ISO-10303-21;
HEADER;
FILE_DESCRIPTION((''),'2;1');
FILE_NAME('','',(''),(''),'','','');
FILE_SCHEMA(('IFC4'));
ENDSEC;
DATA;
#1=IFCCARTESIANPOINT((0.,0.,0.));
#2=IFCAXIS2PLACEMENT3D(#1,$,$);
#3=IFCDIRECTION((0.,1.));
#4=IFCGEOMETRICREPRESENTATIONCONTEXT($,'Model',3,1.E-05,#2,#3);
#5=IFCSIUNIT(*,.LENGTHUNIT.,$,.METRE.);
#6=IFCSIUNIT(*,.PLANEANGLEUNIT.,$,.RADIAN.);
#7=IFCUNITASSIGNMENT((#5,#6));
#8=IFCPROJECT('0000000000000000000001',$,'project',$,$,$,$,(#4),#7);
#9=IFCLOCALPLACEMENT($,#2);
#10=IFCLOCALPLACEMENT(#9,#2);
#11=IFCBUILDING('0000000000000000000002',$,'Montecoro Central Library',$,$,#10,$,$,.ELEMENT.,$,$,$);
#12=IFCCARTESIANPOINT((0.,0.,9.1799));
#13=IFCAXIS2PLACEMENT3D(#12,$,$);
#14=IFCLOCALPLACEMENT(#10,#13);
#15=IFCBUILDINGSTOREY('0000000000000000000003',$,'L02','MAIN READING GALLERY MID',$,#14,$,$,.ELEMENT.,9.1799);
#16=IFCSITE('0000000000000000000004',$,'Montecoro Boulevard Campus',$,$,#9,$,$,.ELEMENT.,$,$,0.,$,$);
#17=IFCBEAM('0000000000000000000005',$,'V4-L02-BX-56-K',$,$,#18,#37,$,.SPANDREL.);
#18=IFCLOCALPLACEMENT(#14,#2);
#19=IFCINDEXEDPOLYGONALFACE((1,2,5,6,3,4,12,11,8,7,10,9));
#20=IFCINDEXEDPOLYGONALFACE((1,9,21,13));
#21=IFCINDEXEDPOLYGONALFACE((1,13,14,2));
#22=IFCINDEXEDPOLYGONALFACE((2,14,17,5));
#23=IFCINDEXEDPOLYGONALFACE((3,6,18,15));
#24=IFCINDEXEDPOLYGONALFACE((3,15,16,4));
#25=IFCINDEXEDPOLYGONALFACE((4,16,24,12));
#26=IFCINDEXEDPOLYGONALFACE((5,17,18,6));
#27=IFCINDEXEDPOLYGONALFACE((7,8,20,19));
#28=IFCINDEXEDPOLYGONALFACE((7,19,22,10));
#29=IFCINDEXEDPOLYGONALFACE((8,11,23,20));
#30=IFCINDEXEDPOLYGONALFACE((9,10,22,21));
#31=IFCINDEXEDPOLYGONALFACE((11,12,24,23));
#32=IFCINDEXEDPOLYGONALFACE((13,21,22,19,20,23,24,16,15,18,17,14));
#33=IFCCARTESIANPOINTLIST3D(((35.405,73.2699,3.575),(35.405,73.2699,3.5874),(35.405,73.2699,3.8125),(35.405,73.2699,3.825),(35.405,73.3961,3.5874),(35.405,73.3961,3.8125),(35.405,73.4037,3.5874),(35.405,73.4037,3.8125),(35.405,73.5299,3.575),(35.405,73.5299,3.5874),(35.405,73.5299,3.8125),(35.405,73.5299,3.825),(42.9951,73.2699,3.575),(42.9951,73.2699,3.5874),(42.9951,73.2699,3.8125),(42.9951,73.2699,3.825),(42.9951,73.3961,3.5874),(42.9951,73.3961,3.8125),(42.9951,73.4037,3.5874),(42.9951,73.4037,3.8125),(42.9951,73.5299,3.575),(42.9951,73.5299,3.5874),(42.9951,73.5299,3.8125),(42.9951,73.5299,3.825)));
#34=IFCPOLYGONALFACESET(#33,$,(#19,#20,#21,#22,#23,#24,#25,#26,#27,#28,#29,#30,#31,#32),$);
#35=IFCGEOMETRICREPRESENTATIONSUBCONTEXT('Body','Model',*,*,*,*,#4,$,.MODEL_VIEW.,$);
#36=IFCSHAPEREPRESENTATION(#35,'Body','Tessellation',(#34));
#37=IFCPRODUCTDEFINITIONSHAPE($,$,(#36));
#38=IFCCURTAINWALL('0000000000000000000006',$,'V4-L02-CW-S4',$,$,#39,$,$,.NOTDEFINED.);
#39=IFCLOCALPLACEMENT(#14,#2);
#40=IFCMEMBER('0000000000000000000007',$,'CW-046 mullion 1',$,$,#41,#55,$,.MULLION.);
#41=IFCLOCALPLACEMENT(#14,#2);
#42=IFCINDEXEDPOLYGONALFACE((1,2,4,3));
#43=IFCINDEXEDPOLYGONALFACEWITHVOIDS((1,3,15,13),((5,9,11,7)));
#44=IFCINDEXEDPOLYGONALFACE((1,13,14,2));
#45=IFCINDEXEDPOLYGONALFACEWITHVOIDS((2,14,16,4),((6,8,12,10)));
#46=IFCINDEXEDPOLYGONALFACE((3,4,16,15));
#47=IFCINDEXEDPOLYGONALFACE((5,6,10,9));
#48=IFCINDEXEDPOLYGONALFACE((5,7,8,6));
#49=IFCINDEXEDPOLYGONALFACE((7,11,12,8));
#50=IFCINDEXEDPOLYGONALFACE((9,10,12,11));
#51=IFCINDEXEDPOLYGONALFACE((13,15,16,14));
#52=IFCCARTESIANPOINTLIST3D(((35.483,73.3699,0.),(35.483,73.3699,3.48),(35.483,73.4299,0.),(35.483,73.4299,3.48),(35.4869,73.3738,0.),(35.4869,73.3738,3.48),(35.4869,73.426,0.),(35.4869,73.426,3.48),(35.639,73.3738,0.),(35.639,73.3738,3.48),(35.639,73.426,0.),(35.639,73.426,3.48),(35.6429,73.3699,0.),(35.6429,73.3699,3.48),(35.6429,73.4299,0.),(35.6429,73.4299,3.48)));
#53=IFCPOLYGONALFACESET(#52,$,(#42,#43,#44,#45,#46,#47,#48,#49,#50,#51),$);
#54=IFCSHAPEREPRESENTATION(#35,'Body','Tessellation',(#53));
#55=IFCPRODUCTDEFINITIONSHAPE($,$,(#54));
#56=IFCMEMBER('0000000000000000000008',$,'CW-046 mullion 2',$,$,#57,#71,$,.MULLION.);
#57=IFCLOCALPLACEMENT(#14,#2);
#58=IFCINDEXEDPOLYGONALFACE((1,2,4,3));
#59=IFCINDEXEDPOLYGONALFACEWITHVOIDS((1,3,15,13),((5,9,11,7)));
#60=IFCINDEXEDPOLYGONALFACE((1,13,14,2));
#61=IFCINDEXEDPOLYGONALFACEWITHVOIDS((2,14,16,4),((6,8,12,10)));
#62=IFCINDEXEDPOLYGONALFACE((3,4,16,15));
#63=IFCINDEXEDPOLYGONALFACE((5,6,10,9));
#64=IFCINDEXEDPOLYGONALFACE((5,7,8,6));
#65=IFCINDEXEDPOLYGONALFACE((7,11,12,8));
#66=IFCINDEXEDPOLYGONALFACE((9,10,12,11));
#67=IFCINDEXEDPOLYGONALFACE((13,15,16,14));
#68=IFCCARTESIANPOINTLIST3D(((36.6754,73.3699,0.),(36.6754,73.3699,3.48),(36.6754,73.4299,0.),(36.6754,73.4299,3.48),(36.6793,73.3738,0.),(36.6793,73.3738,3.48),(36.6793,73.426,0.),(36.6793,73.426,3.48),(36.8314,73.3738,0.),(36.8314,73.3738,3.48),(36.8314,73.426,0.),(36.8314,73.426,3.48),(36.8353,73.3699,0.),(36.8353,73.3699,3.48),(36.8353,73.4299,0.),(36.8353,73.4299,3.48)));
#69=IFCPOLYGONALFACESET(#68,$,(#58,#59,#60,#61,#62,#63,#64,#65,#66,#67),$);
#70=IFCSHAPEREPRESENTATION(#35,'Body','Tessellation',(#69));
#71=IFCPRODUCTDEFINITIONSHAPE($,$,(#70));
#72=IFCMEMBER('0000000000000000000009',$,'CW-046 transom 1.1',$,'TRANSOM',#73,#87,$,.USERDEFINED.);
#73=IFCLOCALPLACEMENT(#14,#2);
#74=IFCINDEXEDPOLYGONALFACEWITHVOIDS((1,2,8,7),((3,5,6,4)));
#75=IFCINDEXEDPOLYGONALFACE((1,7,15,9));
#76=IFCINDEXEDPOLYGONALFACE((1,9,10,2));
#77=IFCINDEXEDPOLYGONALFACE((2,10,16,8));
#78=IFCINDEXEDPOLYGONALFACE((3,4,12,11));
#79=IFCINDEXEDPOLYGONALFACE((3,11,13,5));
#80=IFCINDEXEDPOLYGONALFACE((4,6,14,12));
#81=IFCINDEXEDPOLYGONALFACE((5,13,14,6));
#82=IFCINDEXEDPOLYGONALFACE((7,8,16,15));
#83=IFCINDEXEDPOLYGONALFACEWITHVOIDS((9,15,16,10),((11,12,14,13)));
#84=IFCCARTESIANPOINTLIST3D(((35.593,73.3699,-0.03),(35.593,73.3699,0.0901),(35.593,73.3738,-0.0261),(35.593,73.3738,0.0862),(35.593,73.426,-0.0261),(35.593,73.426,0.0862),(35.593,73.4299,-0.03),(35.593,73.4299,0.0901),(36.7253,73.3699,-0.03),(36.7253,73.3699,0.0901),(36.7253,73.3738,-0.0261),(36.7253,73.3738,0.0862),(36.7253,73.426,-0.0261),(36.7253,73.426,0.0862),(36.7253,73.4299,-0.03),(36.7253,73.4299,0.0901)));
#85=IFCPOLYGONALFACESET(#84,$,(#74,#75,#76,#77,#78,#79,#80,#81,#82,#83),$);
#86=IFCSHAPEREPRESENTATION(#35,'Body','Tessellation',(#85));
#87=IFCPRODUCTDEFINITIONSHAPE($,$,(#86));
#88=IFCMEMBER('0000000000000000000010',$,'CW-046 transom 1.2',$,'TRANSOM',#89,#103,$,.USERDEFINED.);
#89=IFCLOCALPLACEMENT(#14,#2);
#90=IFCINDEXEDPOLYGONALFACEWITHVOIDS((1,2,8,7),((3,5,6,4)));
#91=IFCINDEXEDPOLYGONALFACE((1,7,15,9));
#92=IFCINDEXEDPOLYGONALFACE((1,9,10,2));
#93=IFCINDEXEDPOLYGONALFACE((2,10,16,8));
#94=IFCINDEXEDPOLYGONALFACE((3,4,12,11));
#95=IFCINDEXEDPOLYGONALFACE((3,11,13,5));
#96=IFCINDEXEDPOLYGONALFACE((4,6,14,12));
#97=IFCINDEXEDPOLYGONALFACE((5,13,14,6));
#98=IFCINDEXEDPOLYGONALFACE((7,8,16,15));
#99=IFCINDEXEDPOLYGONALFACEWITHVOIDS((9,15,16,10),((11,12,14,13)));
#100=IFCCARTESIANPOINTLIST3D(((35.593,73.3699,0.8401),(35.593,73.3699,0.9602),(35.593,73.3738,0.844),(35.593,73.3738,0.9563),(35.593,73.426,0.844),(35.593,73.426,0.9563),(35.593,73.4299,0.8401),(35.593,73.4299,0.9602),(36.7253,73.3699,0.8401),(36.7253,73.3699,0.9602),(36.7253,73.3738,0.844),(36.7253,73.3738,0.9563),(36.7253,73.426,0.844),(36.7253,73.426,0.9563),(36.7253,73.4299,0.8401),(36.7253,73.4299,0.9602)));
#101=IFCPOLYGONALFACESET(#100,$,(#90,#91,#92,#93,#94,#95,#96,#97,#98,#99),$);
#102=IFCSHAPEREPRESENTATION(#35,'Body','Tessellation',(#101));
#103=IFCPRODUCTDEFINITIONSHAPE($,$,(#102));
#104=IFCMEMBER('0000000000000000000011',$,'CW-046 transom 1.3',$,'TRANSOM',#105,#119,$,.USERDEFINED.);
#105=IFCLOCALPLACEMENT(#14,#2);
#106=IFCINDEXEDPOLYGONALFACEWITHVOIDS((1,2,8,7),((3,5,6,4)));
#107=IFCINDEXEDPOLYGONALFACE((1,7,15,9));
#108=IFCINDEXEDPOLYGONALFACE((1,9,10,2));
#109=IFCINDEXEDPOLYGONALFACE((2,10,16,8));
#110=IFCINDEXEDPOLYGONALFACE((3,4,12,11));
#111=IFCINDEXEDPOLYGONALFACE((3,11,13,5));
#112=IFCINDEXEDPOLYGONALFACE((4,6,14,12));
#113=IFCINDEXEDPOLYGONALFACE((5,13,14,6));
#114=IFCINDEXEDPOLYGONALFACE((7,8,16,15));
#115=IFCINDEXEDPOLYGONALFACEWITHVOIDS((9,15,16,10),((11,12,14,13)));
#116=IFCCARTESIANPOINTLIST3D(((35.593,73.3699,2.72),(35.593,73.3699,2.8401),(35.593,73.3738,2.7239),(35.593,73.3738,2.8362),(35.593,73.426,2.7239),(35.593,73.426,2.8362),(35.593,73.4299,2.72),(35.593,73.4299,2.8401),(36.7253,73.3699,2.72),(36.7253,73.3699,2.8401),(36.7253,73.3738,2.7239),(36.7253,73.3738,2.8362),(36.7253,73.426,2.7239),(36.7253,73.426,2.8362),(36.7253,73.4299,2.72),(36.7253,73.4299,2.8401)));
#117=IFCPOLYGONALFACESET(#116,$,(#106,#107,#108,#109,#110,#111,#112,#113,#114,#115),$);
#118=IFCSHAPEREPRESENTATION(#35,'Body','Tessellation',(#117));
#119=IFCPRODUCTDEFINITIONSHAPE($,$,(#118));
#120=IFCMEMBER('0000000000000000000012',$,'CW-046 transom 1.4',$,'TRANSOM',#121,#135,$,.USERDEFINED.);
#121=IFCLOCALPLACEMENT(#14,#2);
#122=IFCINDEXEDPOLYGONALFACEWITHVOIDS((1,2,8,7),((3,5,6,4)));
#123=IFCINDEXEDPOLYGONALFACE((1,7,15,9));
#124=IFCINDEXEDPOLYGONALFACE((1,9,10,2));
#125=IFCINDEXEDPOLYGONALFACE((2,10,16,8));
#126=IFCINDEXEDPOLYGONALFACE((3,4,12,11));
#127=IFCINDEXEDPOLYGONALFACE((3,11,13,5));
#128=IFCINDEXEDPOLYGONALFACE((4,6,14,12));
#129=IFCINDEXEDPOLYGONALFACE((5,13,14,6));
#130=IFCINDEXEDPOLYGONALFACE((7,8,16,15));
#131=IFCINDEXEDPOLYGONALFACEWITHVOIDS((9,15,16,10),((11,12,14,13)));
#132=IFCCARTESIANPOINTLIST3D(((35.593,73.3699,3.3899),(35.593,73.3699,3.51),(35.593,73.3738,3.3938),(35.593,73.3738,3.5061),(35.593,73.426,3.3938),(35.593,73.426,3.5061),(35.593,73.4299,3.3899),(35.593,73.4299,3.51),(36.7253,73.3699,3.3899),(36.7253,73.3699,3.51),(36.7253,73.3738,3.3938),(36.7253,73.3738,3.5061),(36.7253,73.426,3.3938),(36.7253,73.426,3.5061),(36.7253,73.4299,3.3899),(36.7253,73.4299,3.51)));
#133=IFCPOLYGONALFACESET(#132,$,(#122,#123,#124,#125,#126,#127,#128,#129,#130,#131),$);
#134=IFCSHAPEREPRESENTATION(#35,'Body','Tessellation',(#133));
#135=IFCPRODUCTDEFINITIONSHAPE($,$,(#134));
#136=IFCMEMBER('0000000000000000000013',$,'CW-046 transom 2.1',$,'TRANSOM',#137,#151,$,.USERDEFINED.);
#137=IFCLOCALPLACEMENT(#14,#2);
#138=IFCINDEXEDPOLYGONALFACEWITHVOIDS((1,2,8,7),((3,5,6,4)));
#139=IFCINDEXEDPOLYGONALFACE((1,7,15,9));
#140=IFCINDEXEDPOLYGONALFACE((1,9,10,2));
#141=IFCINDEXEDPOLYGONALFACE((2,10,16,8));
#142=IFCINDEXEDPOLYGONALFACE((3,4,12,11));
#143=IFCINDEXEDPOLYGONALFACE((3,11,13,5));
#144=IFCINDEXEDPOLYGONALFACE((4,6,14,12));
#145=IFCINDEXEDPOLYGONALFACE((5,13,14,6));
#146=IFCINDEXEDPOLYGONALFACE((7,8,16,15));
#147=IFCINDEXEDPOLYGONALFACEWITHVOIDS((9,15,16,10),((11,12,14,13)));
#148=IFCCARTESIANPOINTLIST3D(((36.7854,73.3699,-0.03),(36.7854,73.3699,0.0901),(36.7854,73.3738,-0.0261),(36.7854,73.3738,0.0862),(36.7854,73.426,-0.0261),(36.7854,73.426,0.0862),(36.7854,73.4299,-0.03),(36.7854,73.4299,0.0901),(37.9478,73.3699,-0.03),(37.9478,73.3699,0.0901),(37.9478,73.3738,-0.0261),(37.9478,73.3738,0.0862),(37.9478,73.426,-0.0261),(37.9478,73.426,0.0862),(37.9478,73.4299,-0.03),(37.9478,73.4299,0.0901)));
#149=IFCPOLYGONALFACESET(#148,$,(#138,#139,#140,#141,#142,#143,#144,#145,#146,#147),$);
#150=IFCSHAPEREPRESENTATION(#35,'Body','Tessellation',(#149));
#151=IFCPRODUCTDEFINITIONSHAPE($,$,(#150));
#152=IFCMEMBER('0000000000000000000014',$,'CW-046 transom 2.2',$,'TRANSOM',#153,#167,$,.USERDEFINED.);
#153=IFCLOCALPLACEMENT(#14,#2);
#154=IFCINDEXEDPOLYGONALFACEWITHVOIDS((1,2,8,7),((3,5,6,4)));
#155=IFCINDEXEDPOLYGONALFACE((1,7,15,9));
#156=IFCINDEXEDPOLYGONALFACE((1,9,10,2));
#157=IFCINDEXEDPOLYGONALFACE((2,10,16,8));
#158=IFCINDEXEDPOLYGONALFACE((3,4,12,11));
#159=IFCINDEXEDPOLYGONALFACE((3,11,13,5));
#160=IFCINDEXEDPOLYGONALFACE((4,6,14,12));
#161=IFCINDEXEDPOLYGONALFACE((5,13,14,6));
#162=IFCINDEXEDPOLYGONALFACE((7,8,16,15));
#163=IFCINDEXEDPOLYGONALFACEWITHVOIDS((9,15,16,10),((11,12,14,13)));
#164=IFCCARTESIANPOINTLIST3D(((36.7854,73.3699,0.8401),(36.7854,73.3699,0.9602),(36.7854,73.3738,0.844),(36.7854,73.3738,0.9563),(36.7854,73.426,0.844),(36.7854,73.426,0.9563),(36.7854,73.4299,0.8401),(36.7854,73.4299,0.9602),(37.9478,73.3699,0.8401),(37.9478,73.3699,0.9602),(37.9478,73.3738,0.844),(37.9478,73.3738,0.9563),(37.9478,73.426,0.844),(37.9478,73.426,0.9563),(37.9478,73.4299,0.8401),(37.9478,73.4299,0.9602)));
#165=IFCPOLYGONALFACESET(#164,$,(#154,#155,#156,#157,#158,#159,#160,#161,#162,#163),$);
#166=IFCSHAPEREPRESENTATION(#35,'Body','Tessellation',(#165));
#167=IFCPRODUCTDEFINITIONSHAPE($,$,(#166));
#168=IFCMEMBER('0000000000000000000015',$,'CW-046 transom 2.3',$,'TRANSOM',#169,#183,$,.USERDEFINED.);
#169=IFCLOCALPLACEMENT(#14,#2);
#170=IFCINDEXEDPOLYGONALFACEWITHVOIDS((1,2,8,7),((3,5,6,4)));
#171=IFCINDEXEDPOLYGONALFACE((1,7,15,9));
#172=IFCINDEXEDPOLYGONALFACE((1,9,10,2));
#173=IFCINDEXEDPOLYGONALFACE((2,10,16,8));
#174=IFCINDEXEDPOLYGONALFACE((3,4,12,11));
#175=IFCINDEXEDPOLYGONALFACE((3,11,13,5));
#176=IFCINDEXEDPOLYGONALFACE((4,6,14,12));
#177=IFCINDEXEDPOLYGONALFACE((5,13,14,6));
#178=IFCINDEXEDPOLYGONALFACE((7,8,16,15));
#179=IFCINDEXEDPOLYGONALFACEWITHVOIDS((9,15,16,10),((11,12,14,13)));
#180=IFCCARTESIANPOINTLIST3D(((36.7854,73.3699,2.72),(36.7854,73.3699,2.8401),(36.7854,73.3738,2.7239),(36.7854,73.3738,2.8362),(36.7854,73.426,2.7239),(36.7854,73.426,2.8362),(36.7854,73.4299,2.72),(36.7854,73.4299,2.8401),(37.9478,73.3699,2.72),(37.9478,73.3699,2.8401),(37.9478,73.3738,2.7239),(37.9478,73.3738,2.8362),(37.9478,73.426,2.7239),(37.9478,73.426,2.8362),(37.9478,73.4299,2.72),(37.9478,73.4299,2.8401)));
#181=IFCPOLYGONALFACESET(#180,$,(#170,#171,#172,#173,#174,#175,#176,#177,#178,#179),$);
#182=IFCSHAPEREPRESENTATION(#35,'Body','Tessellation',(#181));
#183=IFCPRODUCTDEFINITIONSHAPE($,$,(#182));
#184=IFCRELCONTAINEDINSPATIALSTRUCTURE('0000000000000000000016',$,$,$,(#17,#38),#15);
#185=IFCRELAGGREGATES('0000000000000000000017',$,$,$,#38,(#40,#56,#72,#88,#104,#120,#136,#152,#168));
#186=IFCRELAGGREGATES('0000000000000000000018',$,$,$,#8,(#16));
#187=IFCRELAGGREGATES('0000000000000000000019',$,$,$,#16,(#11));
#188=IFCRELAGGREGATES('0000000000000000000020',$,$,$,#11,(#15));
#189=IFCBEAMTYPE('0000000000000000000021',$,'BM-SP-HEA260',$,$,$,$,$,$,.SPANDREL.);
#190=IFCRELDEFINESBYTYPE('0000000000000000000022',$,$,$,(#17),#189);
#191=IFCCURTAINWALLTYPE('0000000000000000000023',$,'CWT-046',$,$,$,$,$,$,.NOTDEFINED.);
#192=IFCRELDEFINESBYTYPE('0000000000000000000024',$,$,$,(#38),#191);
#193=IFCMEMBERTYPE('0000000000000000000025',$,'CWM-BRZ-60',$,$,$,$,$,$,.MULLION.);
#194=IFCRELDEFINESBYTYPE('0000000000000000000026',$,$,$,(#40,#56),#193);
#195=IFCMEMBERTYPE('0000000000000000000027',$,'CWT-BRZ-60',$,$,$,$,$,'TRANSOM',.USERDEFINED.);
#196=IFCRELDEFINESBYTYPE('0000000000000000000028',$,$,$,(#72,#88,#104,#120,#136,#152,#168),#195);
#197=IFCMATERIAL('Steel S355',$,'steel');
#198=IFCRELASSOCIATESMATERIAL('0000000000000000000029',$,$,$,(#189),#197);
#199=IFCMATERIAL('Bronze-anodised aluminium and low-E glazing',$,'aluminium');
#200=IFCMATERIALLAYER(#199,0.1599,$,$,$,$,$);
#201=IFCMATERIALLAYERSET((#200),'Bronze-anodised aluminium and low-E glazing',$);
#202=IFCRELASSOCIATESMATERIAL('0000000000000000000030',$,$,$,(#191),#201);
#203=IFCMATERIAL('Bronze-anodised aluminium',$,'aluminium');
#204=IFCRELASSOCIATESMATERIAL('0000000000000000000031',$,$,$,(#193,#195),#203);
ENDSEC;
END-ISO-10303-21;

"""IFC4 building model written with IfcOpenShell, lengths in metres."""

from ifc_helpers import new_model, si_unit, direction, frame, origin, origin_2d, place, context, subcontext, project, spatial, hollow_rectangle, i_section, extrude, material, layer, layer_set, material_profile, profile_set, type_object, element, aggregate, save


model = new_model("IFC4")

# Units and contexts
model_context = context("Model", 3, precision=1e-05, world=origin(), true_north=direction((0.0, 1.0)))
body_context = subcontext(model_context, "Body", "Model", "MODEL_VIEW")
ifc_project = project(units=[si_unit("LENGTHUNIT", "METRE"), si_unit("PLANEANGLEUNIT", "RADIAN")], contexts=[model_context])

# Site, building, storey
site_placement = place(None, origin())
site = spatial("IfcSite", under=ifc_project, at=site_placement, Name="Montecoro Boulevard Campus", CompositionType="ELEMENT", RefElevation=0.0)
building_placement = place(site_placement, origin())
building = spatial("IfcBuilding", under=site, at=building_placement, Name="Montecoro Central Library", CompositionType="ELEMENT")
storey_placement = place(building_placement, frame((0.0, 0.0, 9.1799)))
storey = spatial("IfcBuildingStorey", under=building, at=storey_placement, Name="L02", Description="MAIN READING GALLERY MID", CompositionType="ELEMENT", Elevation=9.1799)

# Shared definitions
ifc_material_1 = material(Name="Steel S355", Category="steel")

# Beam
ifc_material_profile_1 = material_profile(ifc_material_1, i_section(OverallWidth=0.26, OverallDepth=0.25, WebThickness=0.0076, FlangeThickness=0.0125, at=origin_2d()), Name="HEA 260")
ifc_profile_set_1 = profile_set([ifc_material_profile_1], Name="Steel S355")
beam_type_1 = type_object("IfcBeamType", Name="BM-SP-HEA260", PredefinedType="SPANDREL", material=ifc_profile_set_1)
for number, where, z_axis, x_axis, name in (
    (1, (35.405, 73.3999, 3.7), (1.0, 0.0, 0.0), (0.0, 1.0, 0.0), "V4-L02-BX-56-K"),
):
    element("IfcBeam", number, at=place(storey_placement, frame(where, z_axis=z_axis, x_axis=x_axis)), inside=storey, type_object=beam_type_1, Name=name, PredefinedType="SPANDREL", context=body_context, shape_type="SweptSolid", body=[
        extrude(i_section(OverallWidth=0.26, OverallDepth=0.25, WebThickness=0.0076, FlangeThickness=0.0125, at=origin_2d()), origin(), (0.0, 0.0, 1.0), 7.5901),
    ])

# Curtain wall, members
ifc_material_2 = material(Name="Bronze-anodised aluminium and low-E glazing", Category="aluminium")
ifc_layer_1 = layer(ifc_material_2, 0.1599)
ifc_layer_set_1 = layer_set([ifc_layer_1], Name="Bronze-anodised aluminium and low-E glazing")
curtain_wall_type = type_object("IfcCurtainWallType", Name="CWT-046", PredefinedType="NOTDEFINED", material=ifc_layer_set_1)
curtain_wall_placement = place(storey_placement, origin())
curtain_wall = element("IfcCurtainWall", 2, at=curtain_wall_placement, inside=storey, type_object=curtain_wall_type, Name="V4-L02-CW-S4", PredefinedType="NOTDEFINED")
ifc_material_3 = material(Name="Bronze-anodised aluminium", Category="aluminium")
ifc_material_profile_2 = material_profile(ifc_material_3, hollow_rectangle(XDim=0.0601, YDim=0.1599, WallThickness=0.0039, at=origin_2d()), Name="CWM 160x60x4.0")
ifc_profile_set_2 = profile_set([ifc_material_profile_2], Name="Bronze-anodised aluminium")
member_type_1 = type_object("IfcMemberType", Name="CWM-BRZ-60", PredefinedType="MULLION", material=ifc_profile_set_2)
member_1_placement = place(storey_placement, frame((35.563, 73.3999, 0.0), z_axis=(0.0, 0.0, 1.0), x_axis=(0.0, 1.0, 0.0)))
member_1 = element("IfcMember", 3, at=member_1_placement, type_object=member_type_1, Name="CW-046 mullion 1", PredefinedType="MULLION", context=body_context, shape_type="SweptSolid", body=[
    extrude(hollow_rectangle(XDim=0.0601, YDim=0.1599, WallThickness=0.0039, at=origin_2d()), origin(), (0.0, 0.0, 1.0), 3.48),
])
member_2_placement = place(storey_placement, frame((36.7554, 73.3999, 0.0), z_axis=(0.0, 0.0, 1.0), x_axis=(0.0, 1.0, 0.0)))
member_2 = element("IfcMember", 4, at=member_2_placement, type_object=member_type_1, Name="CW-046 mullion 2", PredefinedType="MULLION", context=body_context, shape_type="SweptSolid", body=[
    extrude(hollow_rectangle(XDim=0.0601, YDim=0.1599, WallThickness=0.0039, at=origin_2d()), origin(), (0.0, 0.0, 1.0), 3.48),
])
ifc_material_profile_3 = material_profile(ifc_material_3, hollow_rectangle(XDim=0.0601, YDim=0.1201, WallThickness=0.0039, at=origin_2d()), Name="CWT 120x60x4.0")
ifc_profile_set_3 = profile_set([ifc_material_profile_3], Name="Bronze-anodised aluminium")
member_type_2 = type_object("IfcMemberType", Name="CWT-BRZ-60", ElementType="TRANSOM", PredefinedType="USERDEFINED", material=ifc_profile_set_3)
member_3_placement = place(storey_placement, frame((35.593, 73.3999, 0.03), z_axis=(1.0, 0.0, 0.0), x_axis=(0.0, 1.0, 0.0)))
member_3 = element("IfcMember", 5, at=member_3_placement, type_object=member_type_2, Name="CW-046 transom 1.1", ObjectType="TRANSOM", PredefinedType="USERDEFINED", context=body_context, shape_type="SweptSolid", body=[
    extrude(hollow_rectangle(XDim=0.0601, YDim=0.1201, WallThickness=0.0039, at=origin_2d()), origin(), (0.0, 0.0, 1.0), 1.1323),
])
member_4_placement = place(storey_placement, frame((35.593, 73.3999, 0.9001), z_axis=(1.0, 0.0, 0.0), x_axis=(0.0, 1.0, 0.0)))
member_4 = element("IfcMember", 6, at=member_4_placement, type_object=member_type_2, Name="CW-046 transom 1.2", ObjectType="TRANSOM", PredefinedType="USERDEFINED", context=body_context, shape_type="SweptSolid", body=[
    extrude(hollow_rectangle(XDim=0.0601, YDim=0.1201, WallThickness=0.0039, at=origin_2d()), origin(), (0.0, 0.0, 1.0), 1.1323),
])
member_5_placement = place(storey_placement, frame((35.593, 73.3999, 2.78), z_axis=(1.0, 0.0, 0.0), x_axis=(0.0, 1.0, 0.0)))
member_5 = element("IfcMember", 7, at=member_5_placement, type_object=member_type_2, Name="CW-046 transom 1.3", ObjectType="TRANSOM", PredefinedType="USERDEFINED", context=body_context, shape_type="SweptSolid", body=[
    extrude(hollow_rectangle(XDim=0.0601, YDim=0.1201, WallThickness=0.0039, at=origin_2d()), origin(), (0.0, 0.0, 1.0), 1.1323),
])
member_6_placement = place(storey_placement, frame((35.593, 73.3999, 3.45), z_axis=(1.0, 0.0, 0.0), x_axis=(0.0, 1.0, 0.0)))
member_6 = element("IfcMember", 8, at=member_6_placement, type_object=member_type_2, Name="CW-046 transom 1.4", ObjectType="TRANSOM", PredefinedType="USERDEFINED", context=body_context, shape_type="SweptSolid", body=[
    extrude(hollow_rectangle(XDim=0.0601, YDim=0.1201, WallThickness=0.0039, at=origin_2d()), origin(), (0.0, 0.0, 1.0), 1.1323),
])
member_7_placement = place(storey_placement, frame((36.7854, 73.3999, 0.03), z_axis=(1.0, 0.0, 0.0), x_axis=(0.0, 1.0, 0.0)))
member_7 = element("IfcMember", 9, at=member_7_placement, type_object=member_type_2, Name="CW-046 transom 2.1", ObjectType="TRANSOM", PredefinedType="USERDEFINED", context=body_context, shape_type="SweptSolid", body=[
    extrude(hollow_rectangle(XDim=0.0601, YDim=0.1201, WallThickness=0.0039, at=origin_2d()), origin(), (0.0, 0.0, 1.0), 1.1624),
])
member_8_placement = place(storey_placement, frame((36.7854, 73.3999, 0.9001), z_axis=(1.0, 0.0, 0.0), x_axis=(0.0, 1.0, 0.0)))
member_8 = element("IfcMember", 10, at=member_8_placement, type_object=member_type_2, Name="CW-046 transom 2.2", ObjectType="TRANSOM", PredefinedType="USERDEFINED", context=body_context, shape_type="SweptSolid", body=[
    extrude(hollow_rectangle(XDim=0.0601, YDim=0.1201, WallThickness=0.0039, at=origin_2d()), origin(), (0.0, 0.0, 1.0), 1.1624),
])
member_9_placement = place(storey_placement, frame((36.7854, 73.3999, 2.78), z_axis=(1.0, 0.0, 0.0), x_axis=(0.0, 1.0, 0.0)))
member_9 = element("IfcMember", 11, at=member_9_placement, type_object=member_type_2, Name="CW-046 transom 2.3", ObjectType="TRANSOM", PredefinedType="USERDEFINED", context=body_context, shape_type="SweptSolid", body=[
    extrude(hollow_rectangle(XDim=0.0601, YDim=0.1201, WallThickness=0.0039, at=origin_2d()), origin(), (0.0, 0.0, 1.0), 1.1624),
])
aggregate(curtain_wall, [member_1, member_2, member_3, member_4, member_5, member_6, member_7, member_8, member_9])

save(model, "model.ifc")
